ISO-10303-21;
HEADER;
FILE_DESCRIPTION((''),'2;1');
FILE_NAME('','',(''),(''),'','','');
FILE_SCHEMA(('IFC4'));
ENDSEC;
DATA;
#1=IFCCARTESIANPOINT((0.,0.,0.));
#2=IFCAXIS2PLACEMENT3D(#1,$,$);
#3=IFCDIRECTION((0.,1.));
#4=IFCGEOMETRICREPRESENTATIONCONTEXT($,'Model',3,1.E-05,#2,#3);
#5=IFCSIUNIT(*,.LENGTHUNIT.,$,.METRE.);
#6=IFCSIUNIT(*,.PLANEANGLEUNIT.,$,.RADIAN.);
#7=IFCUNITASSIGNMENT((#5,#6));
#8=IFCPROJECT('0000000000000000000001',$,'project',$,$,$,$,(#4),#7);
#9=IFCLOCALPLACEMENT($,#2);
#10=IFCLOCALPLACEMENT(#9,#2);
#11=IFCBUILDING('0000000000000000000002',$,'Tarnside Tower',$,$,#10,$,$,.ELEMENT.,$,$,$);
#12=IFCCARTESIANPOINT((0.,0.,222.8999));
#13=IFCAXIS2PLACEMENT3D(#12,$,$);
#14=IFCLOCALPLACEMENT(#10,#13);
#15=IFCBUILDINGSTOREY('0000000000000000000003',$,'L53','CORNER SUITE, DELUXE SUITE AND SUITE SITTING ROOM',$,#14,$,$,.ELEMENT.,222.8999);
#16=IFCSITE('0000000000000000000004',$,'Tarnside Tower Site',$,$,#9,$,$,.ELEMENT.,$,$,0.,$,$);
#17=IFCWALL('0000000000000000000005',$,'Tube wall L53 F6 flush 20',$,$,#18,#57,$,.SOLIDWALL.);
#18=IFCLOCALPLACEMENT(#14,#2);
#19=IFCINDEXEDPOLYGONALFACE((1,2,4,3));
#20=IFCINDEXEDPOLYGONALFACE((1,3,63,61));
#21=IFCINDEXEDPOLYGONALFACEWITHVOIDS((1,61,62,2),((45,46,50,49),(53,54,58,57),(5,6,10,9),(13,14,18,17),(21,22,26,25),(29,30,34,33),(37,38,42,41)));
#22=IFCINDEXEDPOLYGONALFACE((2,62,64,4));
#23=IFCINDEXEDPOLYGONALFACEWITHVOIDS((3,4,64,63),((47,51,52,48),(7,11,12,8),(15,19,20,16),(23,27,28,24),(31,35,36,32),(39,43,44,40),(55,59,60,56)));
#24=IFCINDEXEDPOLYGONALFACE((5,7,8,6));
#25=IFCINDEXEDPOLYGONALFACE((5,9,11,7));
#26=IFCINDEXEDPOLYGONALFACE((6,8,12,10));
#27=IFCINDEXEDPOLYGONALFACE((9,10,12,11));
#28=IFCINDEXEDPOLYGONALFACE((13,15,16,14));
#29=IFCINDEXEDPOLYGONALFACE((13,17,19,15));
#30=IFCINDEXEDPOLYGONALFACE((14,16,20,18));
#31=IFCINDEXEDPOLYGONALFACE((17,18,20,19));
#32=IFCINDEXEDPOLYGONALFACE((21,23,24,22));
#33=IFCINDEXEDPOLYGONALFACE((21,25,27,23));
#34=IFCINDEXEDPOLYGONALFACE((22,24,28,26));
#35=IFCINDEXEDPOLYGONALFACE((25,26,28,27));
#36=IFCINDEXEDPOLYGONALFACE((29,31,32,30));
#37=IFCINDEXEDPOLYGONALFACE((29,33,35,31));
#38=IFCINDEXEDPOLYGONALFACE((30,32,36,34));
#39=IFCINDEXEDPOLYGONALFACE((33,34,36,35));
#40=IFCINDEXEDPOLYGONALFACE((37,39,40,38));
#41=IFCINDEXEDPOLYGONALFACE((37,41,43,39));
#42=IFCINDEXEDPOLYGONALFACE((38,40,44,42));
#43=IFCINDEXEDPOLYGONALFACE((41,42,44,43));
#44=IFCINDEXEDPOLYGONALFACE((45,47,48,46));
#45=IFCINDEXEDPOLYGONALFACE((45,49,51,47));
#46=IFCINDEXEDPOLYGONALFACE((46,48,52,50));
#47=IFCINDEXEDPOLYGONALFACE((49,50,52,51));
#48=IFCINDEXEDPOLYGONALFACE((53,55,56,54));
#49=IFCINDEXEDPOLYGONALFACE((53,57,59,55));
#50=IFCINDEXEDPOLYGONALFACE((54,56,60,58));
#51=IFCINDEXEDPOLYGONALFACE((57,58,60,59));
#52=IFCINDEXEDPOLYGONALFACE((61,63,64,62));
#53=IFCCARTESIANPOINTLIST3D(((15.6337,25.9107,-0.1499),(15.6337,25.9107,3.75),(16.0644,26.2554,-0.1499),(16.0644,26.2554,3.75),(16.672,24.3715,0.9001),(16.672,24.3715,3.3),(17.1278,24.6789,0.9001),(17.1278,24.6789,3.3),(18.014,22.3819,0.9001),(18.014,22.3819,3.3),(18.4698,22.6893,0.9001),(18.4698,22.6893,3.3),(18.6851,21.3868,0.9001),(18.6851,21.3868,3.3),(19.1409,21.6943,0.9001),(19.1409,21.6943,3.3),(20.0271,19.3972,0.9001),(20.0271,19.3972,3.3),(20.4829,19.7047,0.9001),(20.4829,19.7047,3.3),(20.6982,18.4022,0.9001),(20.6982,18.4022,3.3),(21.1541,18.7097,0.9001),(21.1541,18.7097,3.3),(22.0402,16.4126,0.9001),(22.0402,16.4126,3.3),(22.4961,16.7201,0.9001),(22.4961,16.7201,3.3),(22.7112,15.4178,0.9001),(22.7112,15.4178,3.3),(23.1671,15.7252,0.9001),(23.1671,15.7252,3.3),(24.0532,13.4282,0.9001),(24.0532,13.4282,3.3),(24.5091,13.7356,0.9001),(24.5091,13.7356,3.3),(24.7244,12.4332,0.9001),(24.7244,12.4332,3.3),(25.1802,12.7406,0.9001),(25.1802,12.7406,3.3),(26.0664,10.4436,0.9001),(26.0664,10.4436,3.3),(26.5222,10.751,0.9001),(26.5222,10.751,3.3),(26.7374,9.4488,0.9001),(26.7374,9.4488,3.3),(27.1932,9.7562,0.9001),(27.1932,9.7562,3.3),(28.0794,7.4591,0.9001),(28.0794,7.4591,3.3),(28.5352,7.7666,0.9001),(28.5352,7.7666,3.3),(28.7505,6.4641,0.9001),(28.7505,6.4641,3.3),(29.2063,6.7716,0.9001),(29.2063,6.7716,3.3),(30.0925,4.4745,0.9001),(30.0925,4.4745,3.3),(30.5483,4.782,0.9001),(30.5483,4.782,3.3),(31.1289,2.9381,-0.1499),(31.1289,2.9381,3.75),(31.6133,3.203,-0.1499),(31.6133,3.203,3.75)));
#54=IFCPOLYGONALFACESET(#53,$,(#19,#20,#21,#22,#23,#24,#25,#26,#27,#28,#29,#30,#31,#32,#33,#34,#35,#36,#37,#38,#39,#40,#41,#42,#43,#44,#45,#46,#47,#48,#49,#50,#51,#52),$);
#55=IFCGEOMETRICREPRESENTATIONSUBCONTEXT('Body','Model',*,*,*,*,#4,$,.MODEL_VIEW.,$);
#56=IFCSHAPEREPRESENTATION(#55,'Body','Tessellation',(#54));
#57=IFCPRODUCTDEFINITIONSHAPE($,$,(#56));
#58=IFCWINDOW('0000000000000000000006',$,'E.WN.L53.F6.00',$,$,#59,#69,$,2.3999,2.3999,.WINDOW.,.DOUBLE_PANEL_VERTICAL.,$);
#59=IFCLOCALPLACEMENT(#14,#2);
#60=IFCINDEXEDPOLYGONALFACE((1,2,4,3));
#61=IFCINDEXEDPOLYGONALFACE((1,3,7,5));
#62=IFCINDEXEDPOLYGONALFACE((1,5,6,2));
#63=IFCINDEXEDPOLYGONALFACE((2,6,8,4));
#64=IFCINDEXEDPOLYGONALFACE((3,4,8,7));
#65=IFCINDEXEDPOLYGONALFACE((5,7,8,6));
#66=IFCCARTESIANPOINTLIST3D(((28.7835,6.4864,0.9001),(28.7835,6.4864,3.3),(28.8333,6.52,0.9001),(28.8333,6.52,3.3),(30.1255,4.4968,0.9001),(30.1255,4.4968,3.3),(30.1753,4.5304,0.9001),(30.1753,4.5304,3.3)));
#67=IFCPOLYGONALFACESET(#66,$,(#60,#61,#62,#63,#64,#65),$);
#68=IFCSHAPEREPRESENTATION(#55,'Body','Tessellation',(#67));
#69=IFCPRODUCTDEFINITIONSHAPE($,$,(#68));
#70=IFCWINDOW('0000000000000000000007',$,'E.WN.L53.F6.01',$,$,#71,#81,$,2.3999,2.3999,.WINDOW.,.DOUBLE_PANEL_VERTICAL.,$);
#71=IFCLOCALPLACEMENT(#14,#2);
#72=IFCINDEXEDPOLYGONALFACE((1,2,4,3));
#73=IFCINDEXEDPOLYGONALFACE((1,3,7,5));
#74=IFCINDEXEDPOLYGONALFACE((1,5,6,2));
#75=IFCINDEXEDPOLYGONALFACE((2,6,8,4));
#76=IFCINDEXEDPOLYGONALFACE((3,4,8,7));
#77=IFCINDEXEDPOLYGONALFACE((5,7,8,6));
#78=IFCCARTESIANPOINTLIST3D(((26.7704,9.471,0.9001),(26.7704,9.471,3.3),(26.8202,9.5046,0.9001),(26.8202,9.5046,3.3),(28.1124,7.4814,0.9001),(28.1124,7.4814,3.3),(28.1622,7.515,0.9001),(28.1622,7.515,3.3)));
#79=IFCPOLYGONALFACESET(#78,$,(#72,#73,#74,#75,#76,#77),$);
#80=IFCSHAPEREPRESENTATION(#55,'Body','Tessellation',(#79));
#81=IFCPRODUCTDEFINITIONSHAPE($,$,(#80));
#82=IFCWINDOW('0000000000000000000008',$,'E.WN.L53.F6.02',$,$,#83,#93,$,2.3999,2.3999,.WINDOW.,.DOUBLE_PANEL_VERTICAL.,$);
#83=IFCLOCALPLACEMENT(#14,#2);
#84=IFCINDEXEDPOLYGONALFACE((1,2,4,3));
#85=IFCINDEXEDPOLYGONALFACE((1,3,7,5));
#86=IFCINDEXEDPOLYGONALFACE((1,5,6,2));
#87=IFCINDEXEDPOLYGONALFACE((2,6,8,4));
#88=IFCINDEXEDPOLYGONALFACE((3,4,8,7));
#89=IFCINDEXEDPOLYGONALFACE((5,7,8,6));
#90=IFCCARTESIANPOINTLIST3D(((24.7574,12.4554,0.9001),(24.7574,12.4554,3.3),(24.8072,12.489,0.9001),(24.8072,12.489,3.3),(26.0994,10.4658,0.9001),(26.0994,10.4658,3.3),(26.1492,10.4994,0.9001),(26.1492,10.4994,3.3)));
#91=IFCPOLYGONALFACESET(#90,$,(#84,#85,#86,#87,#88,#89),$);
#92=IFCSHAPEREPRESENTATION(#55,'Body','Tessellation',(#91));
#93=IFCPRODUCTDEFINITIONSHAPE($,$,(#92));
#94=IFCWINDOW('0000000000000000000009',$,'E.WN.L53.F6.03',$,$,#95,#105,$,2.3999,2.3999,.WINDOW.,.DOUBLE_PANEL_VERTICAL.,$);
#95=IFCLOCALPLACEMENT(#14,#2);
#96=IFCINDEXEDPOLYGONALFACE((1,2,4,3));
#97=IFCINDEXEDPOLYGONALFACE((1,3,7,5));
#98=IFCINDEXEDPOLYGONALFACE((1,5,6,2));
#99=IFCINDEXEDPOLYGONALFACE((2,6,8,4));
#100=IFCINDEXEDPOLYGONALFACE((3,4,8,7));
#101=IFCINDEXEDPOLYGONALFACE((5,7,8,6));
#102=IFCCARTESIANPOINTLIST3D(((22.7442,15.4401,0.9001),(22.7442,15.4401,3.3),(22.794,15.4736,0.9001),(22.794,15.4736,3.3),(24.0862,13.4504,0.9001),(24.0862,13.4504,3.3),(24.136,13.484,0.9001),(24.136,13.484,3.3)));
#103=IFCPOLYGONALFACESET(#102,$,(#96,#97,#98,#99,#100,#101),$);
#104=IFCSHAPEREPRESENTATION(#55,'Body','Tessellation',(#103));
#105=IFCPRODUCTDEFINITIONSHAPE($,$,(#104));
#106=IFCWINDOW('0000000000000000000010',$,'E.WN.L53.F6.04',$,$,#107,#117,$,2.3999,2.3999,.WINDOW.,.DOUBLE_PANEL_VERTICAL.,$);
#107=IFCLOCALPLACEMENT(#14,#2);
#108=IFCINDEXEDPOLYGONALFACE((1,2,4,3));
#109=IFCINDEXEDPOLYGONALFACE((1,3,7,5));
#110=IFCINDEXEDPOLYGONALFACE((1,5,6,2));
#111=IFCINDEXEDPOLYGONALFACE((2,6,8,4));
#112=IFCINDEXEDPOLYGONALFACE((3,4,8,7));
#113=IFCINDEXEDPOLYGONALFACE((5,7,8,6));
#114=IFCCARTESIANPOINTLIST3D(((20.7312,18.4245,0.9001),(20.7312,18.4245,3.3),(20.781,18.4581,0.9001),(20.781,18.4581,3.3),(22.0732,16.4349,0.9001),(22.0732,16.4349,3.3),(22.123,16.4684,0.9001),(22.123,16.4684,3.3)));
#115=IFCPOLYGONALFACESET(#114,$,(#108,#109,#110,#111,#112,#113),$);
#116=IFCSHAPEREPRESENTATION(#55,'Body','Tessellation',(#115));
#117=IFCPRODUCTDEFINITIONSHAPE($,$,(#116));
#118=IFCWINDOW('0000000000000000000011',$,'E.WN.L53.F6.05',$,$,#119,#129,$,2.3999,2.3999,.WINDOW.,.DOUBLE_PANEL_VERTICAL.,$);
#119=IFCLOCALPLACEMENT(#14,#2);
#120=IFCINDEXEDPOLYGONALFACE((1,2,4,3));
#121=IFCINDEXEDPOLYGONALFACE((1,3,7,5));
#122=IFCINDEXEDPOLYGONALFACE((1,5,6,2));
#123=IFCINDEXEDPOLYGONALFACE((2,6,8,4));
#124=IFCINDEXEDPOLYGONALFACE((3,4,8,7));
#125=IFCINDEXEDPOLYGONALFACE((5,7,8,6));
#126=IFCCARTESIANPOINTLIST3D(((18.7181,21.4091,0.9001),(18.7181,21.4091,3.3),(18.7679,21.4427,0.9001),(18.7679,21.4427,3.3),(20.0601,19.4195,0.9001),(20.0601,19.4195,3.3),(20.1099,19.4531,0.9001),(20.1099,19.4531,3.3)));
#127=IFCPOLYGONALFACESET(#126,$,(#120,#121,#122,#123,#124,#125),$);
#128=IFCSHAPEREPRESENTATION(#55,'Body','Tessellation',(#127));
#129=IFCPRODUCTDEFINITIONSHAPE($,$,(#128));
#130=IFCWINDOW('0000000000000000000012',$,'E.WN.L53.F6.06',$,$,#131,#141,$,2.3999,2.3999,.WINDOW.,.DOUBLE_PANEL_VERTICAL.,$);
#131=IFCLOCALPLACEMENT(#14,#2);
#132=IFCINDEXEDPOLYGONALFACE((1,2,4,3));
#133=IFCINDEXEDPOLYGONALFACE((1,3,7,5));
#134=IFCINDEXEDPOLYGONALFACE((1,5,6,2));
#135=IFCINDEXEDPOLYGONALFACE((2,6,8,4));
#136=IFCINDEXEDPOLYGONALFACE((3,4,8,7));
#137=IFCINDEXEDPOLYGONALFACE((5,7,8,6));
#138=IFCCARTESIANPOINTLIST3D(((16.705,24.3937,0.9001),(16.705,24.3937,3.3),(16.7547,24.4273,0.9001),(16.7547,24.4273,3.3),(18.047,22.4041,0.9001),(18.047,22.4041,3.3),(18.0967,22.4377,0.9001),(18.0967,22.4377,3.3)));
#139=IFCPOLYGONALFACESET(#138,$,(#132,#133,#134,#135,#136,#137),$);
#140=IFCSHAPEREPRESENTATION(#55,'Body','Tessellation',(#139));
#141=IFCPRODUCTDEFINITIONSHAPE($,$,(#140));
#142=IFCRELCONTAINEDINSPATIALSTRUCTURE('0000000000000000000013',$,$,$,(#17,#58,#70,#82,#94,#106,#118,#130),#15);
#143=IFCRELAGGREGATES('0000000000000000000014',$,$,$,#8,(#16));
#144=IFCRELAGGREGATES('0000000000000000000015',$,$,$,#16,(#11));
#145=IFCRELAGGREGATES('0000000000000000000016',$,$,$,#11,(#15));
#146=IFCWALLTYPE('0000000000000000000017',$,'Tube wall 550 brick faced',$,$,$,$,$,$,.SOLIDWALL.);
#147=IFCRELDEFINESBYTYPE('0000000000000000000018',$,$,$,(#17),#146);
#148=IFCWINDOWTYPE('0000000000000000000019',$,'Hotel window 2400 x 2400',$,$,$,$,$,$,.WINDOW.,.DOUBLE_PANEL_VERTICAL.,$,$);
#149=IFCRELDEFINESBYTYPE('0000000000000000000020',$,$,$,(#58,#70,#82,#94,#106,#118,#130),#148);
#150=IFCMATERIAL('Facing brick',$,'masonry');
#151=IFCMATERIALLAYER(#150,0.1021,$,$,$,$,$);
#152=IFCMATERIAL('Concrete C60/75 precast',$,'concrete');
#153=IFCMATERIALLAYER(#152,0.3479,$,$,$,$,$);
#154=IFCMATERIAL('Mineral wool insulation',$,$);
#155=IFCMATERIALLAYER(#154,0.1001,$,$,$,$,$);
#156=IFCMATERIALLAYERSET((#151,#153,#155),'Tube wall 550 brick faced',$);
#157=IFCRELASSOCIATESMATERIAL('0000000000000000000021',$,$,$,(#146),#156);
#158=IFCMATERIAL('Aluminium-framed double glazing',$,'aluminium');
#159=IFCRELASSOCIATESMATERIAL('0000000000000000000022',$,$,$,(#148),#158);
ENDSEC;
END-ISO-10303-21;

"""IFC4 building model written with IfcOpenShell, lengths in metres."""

from ifc_helpers import new_model, si_unit, direction, frame, frame_2d, origin, place, context, subcontext, project, spatial, polyline, rectangle, outline, extrude, material, layer, layer_set, type_object, element, fill, save


model = new_model("IFC4")

# Units and contexts
model_context = context("Model", 3, precision=1e-05, world=origin(), true_north=direction((0.0, 1.0)))
body_context = subcontext(model_context, "Body", "Model", "MODEL_VIEW")
ifc_project = project(units=[si_unit("LENGTHUNIT", "METRE"), si_unit("PLANEANGLEUNIT", "RADIAN")], contexts=[model_context])

# Site, building, storey
site_placement = place(None, origin())
site = spatial("IfcSite", under=ifc_project, at=site_placement, Name="Tarnside Tower Site", CompositionType="ELEMENT", RefElevation=0.0)
building_placement = place(site_placement, origin())
building = spatial("IfcBuilding", under=site, at=building_placement, Name="Tarnside Tower", CompositionType="ELEMENT")
storey_placement = place(building_placement, frame((0.0, 0.0, 222.8999)))
storey = spatial("IfcBuildingStorey", under=building, at=storey_placement, Name="L53", Description="CORNER SUITE, DELUXE SUITE AND SUITE SITTING ROOM", CompositionType="ELEMENT", Elevation=222.8999)

# Shared definitions
ifc_material_1 = material(Name="Facing brick", Category="masonry")
ifc_layer_1 = layer(ifc_material_1, 0.1021)
ifc_material_2 = material(Name="Concrete C60/75 precast", Category="concrete")
ifc_layer_2 = layer(ifc_material_2, 0.3479)
ifc_material_3 = material(Name="Mineral wool insulation")
ifc_layer_3 = layer(ifc_material_3, 0.1001)
ifc_layer_set_1 = layer_set([ifc_layer_1, ifc_layer_2, ifc_layer_3], Name="Tube wall 550 brick faced")
wall_type_1 = type_object("IfcWallType", Name="Tube wall 550 brick faced", PredefinedType="SOLIDWALL", material=ifc_layer_set_1)

# Wall, openings, windows
wall_1_placement = place(storey_placement, frame((31.3711, 3.0706, -0.1499), z_axis=(0.0, 0.0, 1.0), x_axis=(-0.55919, 0.82904, 0.0)))
wall_1 = element("IfcWall", 1, at=wall_1_placement, inside=storey, type_object=wall_type_1, Name="Tube wall L53 F6 flush 20", PredefinedType="SOLIDWALL", context=body_context, shape_type="SweptSolid", body=[
    extrude(outline(polyline([(-0.0256, -0.2749), (27.7805, -0.2749), (27.7356, 0.2749), (0.0256, 0.2749), (-0.0256, -0.2749)])), origin(), (0.0, 0.0, 1.0), 3.8999),
])
opening_1_placement = place(wall_1_placement, frame((1.8789, 0.0, 1.05)))
opening_1 = element("IfcOpeningElement", 2, at=opening_1_placement, cuts=wall_1, PredefinedType="OPENING", context=body_context, shape_type="SweptSolid", body=[
    extrude(rectangle(XDim=2.3999, YDim=2.3999, at=frame_2d((1.2, 1.2))), frame((0.0, 0.2852, 0.0), z_axis=(0.0, -1.0, 0.0), x_axis=(1.0, 0.0, 0.0)), (0.0, 0.0, 1.0), 0.5701),
])
opening_2_placement = place(wall_1_placement, frame((5.479, 0.0, 1.05)))
opening_2 = element("IfcOpeningElement", 3, at=opening_2_placement, cuts=wall_1, PredefinedType="OPENING", context=body_context, shape_type="SweptSolid", body=[
    extrude(rectangle(XDim=2.3999, YDim=2.3999, at=frame_2d((1.2, 1.2))), frame((0.0, 0.2852, 0.0), z_axis=(0.0, -1.0, 0.0), x_axis=(1.0, 0.0, 0.0)), (0.0, 0.0, 1.0), 0.5701),
])
opening_3_placement = place(wall_1_placement, frame((9.0789, 0.0, 1.05)))
opening_3 = element("IfcOpeningElement", 4, at=opening_3_placement, cuts=wall_1, PredefinedType="OPENING", context=body_context, shape_type="SweptSolid", body=[
    extrude(rectangle(XDim=2.3999, YDim=2.3999, at=frame_2d((1.2, 1.2))), frame((0.0, 0.2852, 0.0), z_axis=(0.0, -1.0, 0.0), x_axis=(1.0, 0.0, 0.0)), (0.0, 0.0, 1.0), 0.5701),
])
opening_4_placement = place(wall_1_placement, frame((12.679, 0.0, 1.05)))
opening_4 = element("IfcOpeningElement", 5, at=opening_4_placement, cuts=wall_1, PredefinedType="OPENING", context=body_context, shape_type="SweptSolid", body=[
    extrude(rectangle(XDim=2.3999, YDim=2.3999, at=frame_2d((1.2, 1.2))), frame((0.0, 0.2852, 0.0), z_axis=(0.0, -1.0, 0.0), x_axis=(1.0, 0.0, 0.0)), (0.0, 0.0, 1.0), 0.5701),
])
opening_5_placement = place(wall_1_placement, frame((16.2788, 0.0, 1.05)))
opening_5 = element("IfcOpeningElement", 6, at=opening_5_placement, cuts=wall_1, PredefinedType="OPENING", context=body_context, shape_type="SweptSolid", body=[
    extrude(rectangle(XDim=2.3999, YDim=2.3999, at=frame_2d((1.2, 1.2))), frame((0.0, 0.2852, 0.0), z_axis=(0.0, -1.0, 0.0), x_axis=(1.0, 0.0, 0.0)), (0.0, 0.0, 1.0), 0.5701),
])
opening_6_placement = place(wall_1_placement, frame((19.8789, 0.0, 1.05)))
opening_6 = element("IfcOpeningElement", 7, at=opening_6_placement, cuts=wall_1, PredefinedType="OPENING", context=body_context, shape_type="SweptSolid", body=[
    extrude(rectangle(XDim=2.3999, YDim=2.3999, at=frame_2d((1.2, 1.2))), frame((0.0, 0.2852, 0.0), z_axis=(0.0, -1.0, 0.0), x_axis=(1.0, 0.0, 0.0)), (0.0, 0.0, 1.0), 0.5701),
])
opening_7_placement = place(wall_1_placement, frame((23.479, 0.0, 1.05)))
opening_7 = element("IfcOpeningElement", 8, at=opening_7_placement, cuts=wall_1, PredefinedType="OPENING", context=body_context, shape_type="SweptSolid", body=[
    extrude(rectangle(XDim=2.3999, YDim=2.3999, at=frame_2d((1.2, 1.2))), frame((0.0, 0.2852, 0.0), z_axis=(0.0, -1.0, 0.0), x_axis=(1.0, 0.0, 0.0)), (0.0, 0.0, 1.0), 0.5701),
])
ifc_material_4 = material(Name="Aluminium-framed double glazing", Category="aluminium")
window_type = type_object("IfcWindowType", Name="Hotel window 2400 x 2400", PartitioningType="DOUBLE_PANEL_VERTICAL", PredefinedType="WINDOW", material=ifc_material_4)
window_1_placement = place(opening_1_placement, frame((0.0, 0.2051, 0.0)))
window_1 = element("IfcWindow", 9, at=window_1_placement, inside=storey, type_object=window_type, Name="E.WN.L53.F6.00", OverallHeight=2.3999, OverallWidth=2.3999, PartitioningType="DOUBLE_PANEL_VERTICAL", PredefinedType="WINDOW", context=body_context, shape_type="SweptSolid", body=[
    extrude(rectangle(XDim=2.3999, YDim=2.3999, at=frame_2d((1.2, 1.2))), frame((0.0, 0.03, 0.0), z_axis=(0.0, -1.0, 0.0), x_axis=(1.0, 0.0, 0.0)), (0.0, 0.0, 1.0), 0.0601),
])
fill(opening_1, window_1)
window_2_placement = place(opening_2_placement, frame((0.0, 0.2051, 0.0)))
window_2 = element("IfcWindow", 10, at=window_2_placement, inside=storey, type_object=window_type, Name="E.WN.L53.F6.01", OverallHeight=2.3999, OverallWidth=2.3999, PartitioningType="DOUBLE_PANEL_VERTICAL", PredefinedType="WINDOW", context=body_context, shape_type="SweptSolid", body=[
    extrude(rectangle(XDim=2.3999, YDim=2.3999, at=frame_2d((1.2, 1.2))), frame((0.0, 0.03, 0.0), z_axis=(0.0, -1.0, 0.0), x_axis=(1.0, 0.0, 0.0)), (0.0, 0.0, 1.0), 0.0601),
])
fill(opening_2, window_2)
window_3_placement = place(opening_3_placement, frame((0.0, 0.2051, 0.0)))
window_3 = element("IfcWindow", 11, at=window_3_placement, inside=storey, type_object=window_type, Name="E.WN.L53.F6.02", OverallHeight=2.3999, OverallWidth=2.3999, PartitioningType="DOUBLE_PANEL_VERTICAL", PredefinedType="WINDOW", context=body_context, shape_type="SweptSolid", body=[
    extrude(rectangle(XDim=2.3999, YDim=2.3999, at=frame_2d((1.2, 1.2))), frame((0.0, 0.03, 0.0), z_axis=(0.0, -1.0, 0.0), x_axis=(1.0, 0.0, 0.0)), (0.0, 0.0, 1.0), 0.0601),
])
fill(opening_3, window_3)
window_4_placement = place(opening_4_placement, frame((0.0, 0.2051, 0.0)))
window_4 = element("IfcWindow", 12, at=window_4_placement, inside=storey, type_object=window_type, Name="E.WN.L53.F6.03", OverallHeight=2.3999, OverallWidth=2.3999, PartitioningType="DOUBLE_PANEL_VERTICAL", PredefinedType="WINDOW", context=body_context, shape_type="SweptSolid", body=[
    extrude(rectangle(XDim=2.3999, YDim=2.3999, at=frame_2d((1.2, 1.2))), frame((0.0, 0.03, 0.0), z_axis=(0.0, -1.0, 0.0), x_axis=(1.0, 0.0, 0.0)), (0.0, 0.0, 1.0), 0.0601),
])
fill(opening_4, window_4)
window_5_placement = place(opening_5_placement, frame((0.0, 0.2051, 0.0)))
window_5 = element("IfcWindow", 13, at=window_5_placement, inside=storey, type_object=window_type, Name="E.WN.L53.F6.04", OverallHeight=2.3999, OverallWidth=2.3999, PartitioningType="DOUBLE_PANEL_VERTICAL", PredefinedType="WINDOW", context=body_context, shape_type="SweptSolid", body=[
    extrude(rectangle(XDim=2.3999, YDim=2.3999, at=frame_2d((1.2, 1.2))), frame((0.0, 0.03, 0.0), z_axis=(0.0, -1.0, 0.0), x_axis=(1.0, 0.0, 0.0)), (0.0, 0.0, 1.0), 0.0601),
])
fill(opening_5, window_5)
window_6_placement = place(opening_6_placement, frame((0.0, 0.2051, 0.0)))
window_6 = element("IfcWindow", 14, at=window_6_placement, inside=storey, type_object=window_type, Name="E.WN.L53.F6.05", OverallHeight=2.3999, OverallWidth=2.3999, PartitioningType="DOUBLE_PANEL_VERTICAL", PredefinedType="WINDOW", context=body_context, shape_type="SweptSolid", body=[
    extrude(rectangle(XDim=2.3999, YDim=2.3999, at=frame_2d((1.2, 1.2))), frame((0.0, 0.03, 0.0), z_axis=(0.0, -1.0, 0.0), x_axis=(1.0, 0.0, 0.0)), (0.0, 0.0, 1.0), 0.0601),
])
fill(opening_6, window_6)
window_7_placement = place(opening_7_placement, frame((0.0, 0.2051, 0.0)))
window_7 = element("IfcWindow", 15, at=window_7_placement, inside=storey, type_object=window_type, Name="E.WN.L53.F6.06", OverallHeight=2.3999, OverallWidth=2.3999, PartitioningType="DOUBLE_PANEL_VERTICAL", PredefinedType="WINDOW", context=body_context, shape_type="SweptSolid", body=[
    extrude(rectangle(XDim=2.3999, YDim=2.3999, at=frame_2d((1.2, 1.2))), frame((0.0, 0.03, 0.0), z_axis=(0.0, -1.0, 0.0), x_axis=(1.0, 0.0, 0.0)), (0.0, 0.0, 1.0), 0.0601),
])
fill(opening_7, window_7)

save(model, "model.ifc")
